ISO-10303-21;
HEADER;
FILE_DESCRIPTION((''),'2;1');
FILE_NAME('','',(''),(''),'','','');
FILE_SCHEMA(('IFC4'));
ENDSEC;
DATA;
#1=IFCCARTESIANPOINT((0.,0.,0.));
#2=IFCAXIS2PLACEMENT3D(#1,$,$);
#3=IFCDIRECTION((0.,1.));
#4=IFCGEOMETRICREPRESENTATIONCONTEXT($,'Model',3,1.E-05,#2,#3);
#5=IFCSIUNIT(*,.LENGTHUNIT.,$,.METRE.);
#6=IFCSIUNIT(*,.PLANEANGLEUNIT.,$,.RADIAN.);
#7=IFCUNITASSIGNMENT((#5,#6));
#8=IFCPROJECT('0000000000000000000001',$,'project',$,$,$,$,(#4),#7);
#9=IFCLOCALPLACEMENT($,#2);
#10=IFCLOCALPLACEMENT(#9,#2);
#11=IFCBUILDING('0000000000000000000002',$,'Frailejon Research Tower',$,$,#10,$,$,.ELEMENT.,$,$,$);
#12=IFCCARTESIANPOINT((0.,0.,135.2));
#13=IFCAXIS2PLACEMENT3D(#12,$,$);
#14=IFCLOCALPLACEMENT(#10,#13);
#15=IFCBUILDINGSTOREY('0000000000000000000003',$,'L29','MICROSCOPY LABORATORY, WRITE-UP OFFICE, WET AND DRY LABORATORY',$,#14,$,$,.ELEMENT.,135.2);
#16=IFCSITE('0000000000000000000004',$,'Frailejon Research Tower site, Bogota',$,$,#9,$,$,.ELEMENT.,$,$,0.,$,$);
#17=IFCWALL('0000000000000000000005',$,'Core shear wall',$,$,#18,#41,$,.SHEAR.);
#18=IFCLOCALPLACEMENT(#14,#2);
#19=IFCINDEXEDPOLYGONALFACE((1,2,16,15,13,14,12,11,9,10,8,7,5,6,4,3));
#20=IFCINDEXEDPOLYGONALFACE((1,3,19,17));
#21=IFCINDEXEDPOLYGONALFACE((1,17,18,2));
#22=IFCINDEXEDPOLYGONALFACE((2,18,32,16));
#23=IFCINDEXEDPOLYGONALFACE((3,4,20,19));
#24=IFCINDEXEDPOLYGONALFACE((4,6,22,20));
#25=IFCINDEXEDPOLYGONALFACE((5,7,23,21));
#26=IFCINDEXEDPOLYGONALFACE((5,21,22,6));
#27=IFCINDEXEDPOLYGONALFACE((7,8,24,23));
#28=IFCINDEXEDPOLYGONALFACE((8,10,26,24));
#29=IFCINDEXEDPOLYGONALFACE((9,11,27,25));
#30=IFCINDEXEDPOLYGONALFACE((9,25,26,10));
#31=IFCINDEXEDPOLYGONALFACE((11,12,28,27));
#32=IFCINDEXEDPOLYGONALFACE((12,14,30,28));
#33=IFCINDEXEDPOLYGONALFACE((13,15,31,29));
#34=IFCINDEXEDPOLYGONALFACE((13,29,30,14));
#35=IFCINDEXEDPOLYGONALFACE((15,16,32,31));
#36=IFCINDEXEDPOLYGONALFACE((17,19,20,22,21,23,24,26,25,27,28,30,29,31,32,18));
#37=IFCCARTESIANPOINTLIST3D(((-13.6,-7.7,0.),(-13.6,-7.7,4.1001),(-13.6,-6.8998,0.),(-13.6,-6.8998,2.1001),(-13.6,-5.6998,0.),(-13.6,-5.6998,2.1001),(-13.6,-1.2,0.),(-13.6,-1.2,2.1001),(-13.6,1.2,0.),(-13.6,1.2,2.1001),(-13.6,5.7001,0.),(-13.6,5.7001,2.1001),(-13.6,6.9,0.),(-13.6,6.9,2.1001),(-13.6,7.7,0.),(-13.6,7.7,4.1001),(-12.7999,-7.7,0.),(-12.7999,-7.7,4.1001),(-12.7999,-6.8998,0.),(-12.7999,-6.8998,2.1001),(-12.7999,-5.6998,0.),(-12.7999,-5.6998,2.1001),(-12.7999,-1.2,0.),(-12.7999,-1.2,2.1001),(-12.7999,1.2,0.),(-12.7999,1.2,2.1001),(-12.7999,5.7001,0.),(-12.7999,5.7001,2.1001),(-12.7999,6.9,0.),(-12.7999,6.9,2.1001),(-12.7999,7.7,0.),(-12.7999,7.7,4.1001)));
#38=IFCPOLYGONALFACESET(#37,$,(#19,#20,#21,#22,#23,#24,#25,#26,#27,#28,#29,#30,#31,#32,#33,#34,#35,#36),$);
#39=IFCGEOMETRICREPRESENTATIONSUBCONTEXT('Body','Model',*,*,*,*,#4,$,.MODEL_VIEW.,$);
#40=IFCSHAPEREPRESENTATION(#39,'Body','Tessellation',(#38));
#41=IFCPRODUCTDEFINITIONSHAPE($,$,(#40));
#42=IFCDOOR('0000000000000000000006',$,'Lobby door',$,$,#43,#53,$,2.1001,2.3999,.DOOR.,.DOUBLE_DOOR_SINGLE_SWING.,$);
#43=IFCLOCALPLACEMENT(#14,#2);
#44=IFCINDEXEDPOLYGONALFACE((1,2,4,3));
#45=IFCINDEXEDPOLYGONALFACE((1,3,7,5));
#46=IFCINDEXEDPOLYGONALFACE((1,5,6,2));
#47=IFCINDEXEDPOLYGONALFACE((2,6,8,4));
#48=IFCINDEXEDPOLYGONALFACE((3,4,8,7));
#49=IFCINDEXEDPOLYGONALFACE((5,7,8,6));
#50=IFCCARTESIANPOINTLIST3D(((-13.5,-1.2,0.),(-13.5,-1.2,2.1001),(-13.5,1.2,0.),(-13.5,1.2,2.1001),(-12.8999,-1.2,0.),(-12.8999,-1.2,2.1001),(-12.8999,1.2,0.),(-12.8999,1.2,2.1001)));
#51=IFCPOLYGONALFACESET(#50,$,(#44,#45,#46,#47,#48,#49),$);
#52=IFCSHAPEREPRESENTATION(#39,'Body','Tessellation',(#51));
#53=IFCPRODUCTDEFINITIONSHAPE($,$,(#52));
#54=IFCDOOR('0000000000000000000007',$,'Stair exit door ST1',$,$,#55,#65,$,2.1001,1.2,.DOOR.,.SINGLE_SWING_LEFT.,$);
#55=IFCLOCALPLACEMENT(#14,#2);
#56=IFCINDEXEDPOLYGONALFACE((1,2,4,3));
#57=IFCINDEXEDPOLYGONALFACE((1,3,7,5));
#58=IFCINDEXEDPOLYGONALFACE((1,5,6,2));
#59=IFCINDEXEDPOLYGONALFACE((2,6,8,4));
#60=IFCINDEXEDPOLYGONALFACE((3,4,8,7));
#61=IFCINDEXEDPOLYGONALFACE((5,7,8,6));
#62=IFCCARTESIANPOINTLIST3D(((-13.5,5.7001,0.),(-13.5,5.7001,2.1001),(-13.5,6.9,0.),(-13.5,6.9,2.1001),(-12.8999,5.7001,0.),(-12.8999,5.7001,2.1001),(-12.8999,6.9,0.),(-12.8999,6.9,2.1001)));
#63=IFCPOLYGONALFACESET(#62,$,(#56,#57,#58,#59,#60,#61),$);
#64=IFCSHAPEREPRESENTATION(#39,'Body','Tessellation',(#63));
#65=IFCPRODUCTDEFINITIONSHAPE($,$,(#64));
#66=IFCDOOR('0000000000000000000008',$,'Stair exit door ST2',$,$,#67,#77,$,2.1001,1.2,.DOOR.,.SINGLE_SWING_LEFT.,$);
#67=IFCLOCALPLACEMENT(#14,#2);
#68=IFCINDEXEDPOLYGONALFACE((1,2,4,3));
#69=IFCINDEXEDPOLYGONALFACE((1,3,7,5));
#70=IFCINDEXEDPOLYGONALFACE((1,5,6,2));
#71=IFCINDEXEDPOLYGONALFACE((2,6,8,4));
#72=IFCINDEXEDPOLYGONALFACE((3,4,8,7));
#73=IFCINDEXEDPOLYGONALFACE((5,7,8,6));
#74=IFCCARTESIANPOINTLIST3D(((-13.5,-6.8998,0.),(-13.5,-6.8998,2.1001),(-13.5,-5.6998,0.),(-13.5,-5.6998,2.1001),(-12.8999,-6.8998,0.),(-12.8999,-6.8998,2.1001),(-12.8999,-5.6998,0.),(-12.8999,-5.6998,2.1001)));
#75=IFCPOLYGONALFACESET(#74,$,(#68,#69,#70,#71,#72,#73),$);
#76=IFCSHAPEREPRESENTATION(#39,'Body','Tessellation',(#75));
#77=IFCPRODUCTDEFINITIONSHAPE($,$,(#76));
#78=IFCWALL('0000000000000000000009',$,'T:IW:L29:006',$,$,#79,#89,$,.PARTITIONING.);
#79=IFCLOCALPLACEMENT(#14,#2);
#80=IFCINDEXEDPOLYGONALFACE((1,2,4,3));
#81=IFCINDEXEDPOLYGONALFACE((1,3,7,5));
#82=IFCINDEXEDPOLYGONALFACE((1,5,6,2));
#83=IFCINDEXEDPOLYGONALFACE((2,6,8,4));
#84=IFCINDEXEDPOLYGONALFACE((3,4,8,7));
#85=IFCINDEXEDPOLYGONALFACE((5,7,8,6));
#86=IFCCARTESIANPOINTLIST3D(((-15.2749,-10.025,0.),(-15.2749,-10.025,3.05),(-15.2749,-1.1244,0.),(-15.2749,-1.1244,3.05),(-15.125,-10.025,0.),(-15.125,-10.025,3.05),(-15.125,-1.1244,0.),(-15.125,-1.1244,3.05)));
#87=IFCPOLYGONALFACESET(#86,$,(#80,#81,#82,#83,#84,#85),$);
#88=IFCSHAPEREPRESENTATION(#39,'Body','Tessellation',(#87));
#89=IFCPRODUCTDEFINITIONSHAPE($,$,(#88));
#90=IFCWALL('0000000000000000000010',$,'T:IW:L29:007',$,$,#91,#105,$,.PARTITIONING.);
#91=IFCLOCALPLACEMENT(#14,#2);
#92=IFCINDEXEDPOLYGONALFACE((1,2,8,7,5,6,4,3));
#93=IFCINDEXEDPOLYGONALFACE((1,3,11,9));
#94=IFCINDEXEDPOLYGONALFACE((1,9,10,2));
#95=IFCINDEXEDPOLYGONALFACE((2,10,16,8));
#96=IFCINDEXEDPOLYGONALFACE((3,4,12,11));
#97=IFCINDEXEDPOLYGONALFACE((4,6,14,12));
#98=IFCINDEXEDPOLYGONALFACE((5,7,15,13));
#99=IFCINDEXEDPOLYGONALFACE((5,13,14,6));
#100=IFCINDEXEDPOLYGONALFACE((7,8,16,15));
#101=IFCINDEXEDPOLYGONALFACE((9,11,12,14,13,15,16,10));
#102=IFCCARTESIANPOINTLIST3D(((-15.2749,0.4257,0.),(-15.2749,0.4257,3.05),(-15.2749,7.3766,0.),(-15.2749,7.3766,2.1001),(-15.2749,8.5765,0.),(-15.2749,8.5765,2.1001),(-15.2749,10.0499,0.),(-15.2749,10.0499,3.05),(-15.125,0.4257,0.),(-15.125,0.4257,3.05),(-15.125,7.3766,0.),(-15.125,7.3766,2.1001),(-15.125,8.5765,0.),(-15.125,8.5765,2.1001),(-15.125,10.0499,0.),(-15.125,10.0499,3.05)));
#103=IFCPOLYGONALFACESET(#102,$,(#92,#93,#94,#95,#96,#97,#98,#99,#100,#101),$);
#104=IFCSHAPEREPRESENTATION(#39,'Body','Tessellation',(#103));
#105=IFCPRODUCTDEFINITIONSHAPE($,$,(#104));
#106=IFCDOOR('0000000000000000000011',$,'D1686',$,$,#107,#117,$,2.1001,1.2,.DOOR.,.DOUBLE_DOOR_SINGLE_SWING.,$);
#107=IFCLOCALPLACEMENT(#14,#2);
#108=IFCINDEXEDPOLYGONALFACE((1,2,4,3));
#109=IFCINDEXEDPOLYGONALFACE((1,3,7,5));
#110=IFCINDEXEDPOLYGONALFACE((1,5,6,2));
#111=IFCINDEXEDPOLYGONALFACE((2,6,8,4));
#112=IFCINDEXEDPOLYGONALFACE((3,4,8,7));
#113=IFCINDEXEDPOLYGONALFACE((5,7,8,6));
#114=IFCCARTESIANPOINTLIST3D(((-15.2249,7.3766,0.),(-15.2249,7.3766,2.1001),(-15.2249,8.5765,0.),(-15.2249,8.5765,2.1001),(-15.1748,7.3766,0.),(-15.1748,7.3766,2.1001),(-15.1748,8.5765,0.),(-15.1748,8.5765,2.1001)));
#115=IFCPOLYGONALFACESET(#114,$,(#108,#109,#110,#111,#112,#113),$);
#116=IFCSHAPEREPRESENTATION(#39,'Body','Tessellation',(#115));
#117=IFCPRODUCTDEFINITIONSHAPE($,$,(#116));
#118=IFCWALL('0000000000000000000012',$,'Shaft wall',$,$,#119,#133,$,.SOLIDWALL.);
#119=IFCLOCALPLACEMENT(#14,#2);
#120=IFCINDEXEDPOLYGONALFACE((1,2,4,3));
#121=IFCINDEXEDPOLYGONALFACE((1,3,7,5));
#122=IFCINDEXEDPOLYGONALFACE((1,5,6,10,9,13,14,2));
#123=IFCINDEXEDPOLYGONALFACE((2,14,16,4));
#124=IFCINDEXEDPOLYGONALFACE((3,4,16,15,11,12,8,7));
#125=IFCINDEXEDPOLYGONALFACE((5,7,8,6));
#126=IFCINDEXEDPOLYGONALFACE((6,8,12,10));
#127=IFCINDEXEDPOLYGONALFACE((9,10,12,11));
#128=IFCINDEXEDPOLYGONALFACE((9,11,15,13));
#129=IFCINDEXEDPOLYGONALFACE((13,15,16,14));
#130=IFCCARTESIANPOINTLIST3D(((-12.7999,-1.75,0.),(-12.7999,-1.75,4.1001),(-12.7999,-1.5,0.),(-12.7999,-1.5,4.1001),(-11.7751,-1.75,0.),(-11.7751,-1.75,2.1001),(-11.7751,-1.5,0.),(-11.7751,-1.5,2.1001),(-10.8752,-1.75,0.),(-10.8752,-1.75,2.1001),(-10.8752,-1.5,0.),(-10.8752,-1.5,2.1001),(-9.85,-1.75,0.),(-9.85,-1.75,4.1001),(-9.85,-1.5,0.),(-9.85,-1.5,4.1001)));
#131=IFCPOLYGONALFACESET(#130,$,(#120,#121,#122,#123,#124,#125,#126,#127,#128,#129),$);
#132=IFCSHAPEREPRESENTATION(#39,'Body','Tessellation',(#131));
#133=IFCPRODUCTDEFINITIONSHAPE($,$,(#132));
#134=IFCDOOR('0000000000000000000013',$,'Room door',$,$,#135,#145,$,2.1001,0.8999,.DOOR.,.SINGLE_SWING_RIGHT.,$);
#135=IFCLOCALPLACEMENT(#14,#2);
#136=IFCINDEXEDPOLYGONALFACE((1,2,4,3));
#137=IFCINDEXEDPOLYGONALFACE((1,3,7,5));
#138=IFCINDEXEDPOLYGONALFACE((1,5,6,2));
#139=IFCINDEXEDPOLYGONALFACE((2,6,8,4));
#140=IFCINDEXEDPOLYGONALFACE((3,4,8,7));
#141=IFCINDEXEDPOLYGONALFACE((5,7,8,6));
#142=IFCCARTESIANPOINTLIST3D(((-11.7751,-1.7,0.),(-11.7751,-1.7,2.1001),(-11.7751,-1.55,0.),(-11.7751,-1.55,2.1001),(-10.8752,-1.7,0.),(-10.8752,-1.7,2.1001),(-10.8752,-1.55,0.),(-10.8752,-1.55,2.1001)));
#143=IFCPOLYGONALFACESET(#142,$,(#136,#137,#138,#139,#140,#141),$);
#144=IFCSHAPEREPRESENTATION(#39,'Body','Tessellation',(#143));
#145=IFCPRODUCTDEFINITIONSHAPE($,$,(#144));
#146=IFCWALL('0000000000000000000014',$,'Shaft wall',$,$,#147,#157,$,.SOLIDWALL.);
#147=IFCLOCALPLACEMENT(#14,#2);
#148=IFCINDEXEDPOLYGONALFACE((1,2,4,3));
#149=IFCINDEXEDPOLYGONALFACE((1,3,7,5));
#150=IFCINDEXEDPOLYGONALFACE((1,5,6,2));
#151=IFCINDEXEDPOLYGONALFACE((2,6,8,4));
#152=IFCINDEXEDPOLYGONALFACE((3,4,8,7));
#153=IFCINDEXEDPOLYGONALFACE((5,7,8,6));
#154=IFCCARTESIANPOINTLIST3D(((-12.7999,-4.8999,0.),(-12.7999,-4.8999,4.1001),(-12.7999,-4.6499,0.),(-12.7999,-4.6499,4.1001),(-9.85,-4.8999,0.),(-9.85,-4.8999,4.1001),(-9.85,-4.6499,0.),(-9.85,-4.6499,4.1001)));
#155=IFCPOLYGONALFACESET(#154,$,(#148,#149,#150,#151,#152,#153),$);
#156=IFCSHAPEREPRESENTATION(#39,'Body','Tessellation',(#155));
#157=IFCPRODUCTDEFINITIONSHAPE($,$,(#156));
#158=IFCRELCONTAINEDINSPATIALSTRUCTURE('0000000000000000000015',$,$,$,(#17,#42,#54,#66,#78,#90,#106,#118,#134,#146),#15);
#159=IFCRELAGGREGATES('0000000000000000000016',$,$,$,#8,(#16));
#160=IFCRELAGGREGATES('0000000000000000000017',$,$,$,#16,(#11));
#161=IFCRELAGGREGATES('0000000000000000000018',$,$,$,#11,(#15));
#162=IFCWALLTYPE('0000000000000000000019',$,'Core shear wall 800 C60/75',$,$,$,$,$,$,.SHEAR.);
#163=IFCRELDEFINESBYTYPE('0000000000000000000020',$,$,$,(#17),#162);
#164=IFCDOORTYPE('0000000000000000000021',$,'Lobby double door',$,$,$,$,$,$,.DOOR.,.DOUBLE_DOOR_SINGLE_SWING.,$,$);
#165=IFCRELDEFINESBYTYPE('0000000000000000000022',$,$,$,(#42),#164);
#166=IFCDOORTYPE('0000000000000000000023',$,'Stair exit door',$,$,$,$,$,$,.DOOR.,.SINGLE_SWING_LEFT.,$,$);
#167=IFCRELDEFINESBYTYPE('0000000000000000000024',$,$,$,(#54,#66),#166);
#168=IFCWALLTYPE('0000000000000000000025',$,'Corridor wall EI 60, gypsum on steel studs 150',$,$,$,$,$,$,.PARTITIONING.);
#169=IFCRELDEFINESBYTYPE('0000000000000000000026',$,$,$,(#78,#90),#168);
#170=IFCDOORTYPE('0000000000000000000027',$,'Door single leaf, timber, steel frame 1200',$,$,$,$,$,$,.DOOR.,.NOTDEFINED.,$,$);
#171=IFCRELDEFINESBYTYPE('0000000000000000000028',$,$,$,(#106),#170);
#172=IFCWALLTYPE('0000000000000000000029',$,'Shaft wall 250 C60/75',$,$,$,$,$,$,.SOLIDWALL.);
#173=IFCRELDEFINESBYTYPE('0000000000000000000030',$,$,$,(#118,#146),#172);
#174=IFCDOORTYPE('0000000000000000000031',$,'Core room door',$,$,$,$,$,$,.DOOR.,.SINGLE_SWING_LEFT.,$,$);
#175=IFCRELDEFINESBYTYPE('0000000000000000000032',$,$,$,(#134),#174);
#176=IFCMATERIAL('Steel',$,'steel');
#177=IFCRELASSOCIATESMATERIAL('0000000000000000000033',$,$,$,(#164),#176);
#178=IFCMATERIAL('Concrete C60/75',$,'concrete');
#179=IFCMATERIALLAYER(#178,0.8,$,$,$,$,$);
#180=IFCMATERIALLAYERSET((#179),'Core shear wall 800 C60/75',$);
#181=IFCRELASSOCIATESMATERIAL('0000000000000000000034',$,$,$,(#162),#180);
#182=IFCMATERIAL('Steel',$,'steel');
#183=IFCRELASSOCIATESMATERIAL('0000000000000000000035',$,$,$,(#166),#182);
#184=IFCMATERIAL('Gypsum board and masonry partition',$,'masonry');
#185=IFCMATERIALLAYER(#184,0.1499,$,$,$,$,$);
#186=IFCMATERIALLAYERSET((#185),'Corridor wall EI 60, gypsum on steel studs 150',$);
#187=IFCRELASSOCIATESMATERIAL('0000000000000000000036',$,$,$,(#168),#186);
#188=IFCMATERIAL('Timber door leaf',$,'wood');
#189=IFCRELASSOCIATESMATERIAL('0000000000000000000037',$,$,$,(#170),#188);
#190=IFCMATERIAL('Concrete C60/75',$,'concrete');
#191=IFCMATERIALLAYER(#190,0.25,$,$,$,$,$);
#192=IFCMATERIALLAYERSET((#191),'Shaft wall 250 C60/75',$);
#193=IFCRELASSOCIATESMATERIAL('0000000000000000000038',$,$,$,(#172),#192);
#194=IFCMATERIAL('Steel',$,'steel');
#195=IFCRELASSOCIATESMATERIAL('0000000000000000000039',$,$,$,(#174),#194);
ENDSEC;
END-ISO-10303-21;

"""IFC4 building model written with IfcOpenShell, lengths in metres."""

from ifc_helpers import new_model, si_unit, direction, frame, frame_2d, origin, place, context, subcontext, project, spatial, rectangle, extrude, material, layer, layer_set, type_object, element, fill, save


model = new_model("IFC4")

# Units and contexts
model_context = context("Model", 3, precision=1e-05, world=origin(), true_north=direction((0.0, 1.0)))
body_context = subcontext(model_context, "Body", "Model", "MODEL_VIEW")
ifc_project = project(units=[si_unit("LENGTHUNIT", "METRE"), si_unit("PLANEANGLEUNIT", "RADIAN")], contexts=[model_context])

# Site, building, storey
site_placement = place(None, origin())
site = spatial("IfcSite", under=ifc_project, at=site_placement, Name="Frailejon Research Tower site, Bogota", CompositionType="ELEMENT", RefElevation=0.0)
building_placement = place(site_placement, origin())
building = spatial("IfcBuilding", under=site, at=building_placement, Name="Frailejon Research Tower", CompositionType="ELEMENT")
storey_placement = place(building_placement, frame((0.0, 0.0, 135.2)))
storey = spatial("IfcBuildingStorey", under=building, at=storey_placement, Name="L29", Description="MICROSCOPY LABORATORY, WRITE-UP OFFICE, WET AND DRY LABORATORY", CompositionType="ELEMENT", Elevation=135.2)

# Shared definitions
ifc_material_1 = material(Name="Steel", Category="steel")
door_type_1 = type_object("IfcDoorType", Name="Lobby double door", OperationType="DOUBLE_DOOR_SINGLE_SWING", PredefinedType="DOOR", material=ifc_material_1)

# Shared definitions
ifc_material_2 = material(Name="Concrete C60/75", Category="concrete")
ifc_layer_1 = layer(ifc_material_2, 0.8)
ifc_layer_set_1 = layer_set([ifc_layer_1], Name="Core shear wall 800 C60/75")
wall_type_1 = type_object("IfcWallType", Name="Core shear wall 800 C60/75", PredefinedType="SHEAR", material=ifc_layer_set_1)

# Wall, openings, doors
wall_1_placement = place(storey_placement, frame((-13.2, -7.7, 0.0), z_axis=(0.0, 0.0, 1.0), x_axis=(0.0, 1.0, 0.0)))
wall_1 = element("IfcWall", 1, at=wall_1_placement, inside=storey, type_object=wall_type_1, Name="Core shear wall", PredefinedType="SHEAR", context=body_context, shape_type="SweptSolid", body=[
    extrude(rectangle(XDim=15.3999, YDim=0.8, at=frame_2d((7.7, 0.0))), origin(), (0.0, 0.0, 1.0), 4.1001),
])
opening_1_placement = place(wall_1_placement, frame((6.5, 0.0, 0.0)))
opening_1 = element("IfcOpeningElement", 2, at=opening_1_placement, cuts=wall_1, PredefinedType="OPENING", context=body_context, shape_type="SweptSolid", body=[
    extrude(rectangle(XDim=2.3999, YDim=2.1001, at=frame_2d((1.2, 1.05))), frame((0.0, 0.4099, 0.0), z_axis=(0.0, -1.0, 0.0), x_axis=(1.0, 0.0, 0.0)), (0.0, 0.0, 1.0), 0.8201),
])
opening_2_placement = place(wall_1_placement, frame((13.3999, 0.0, 0.0)))
opening_2 = element("IfcOpeningElement", 3, at=opening_2_placement, cuts=wall_1, PredefinedType="OPENING", context=body_context, shape_type="SweptSolid", body=[
    extrude(rectangle(XDim=1.2, YDim=2.1001, at=frame_2d((0.6001, 1.05))), frame((0.0, 0.4099, 0.0), z_axis=(0.0, -1.0, 0.0), x_axis=(1.0, 0.0, 0.0)), (0.0, 0.0, 1.0), 0.8201),
])
opening_3_placement = place(wall_1_placement, frame((0.8, 0.0, 0.0)))
opening_3 = element("IfcOpeningElement", 4, at=opening_3_placement, cuts=wall_1, PredefinedType="OPENING", context=body_context, shape_type="SweptSolid", body=[
    extrude(rectangle(XDim=1.2, YDim=2.1001, at=frame_2d((0.6001, 1.05))), frame((0.0, 0.4099, 0.0), z_axis=(0.0, -1.0, 0.0), x_axis=(1.0, 0.0, 0.0)), (0.0, 0.0, 1.0), 0.8201),
])
door_1_placement = place(opening_1_placement, origin())
door_1 = element("IfcDoor", 5, at=door_1_placement, inside=storey, type_object=door_type_1, Name="Lobby door", OperationType="DOUBLE_DOOR_SINGLE_SWING", OverallHeight=2.1001, OverallWidth=2.3999, PredefinedType="DOOR", context=body_context, shape_type="SweptSolid", body=[
    extrude(rectangle(XDim=2.3999, YDim=2.1001, at=frame_2d((1.2, 1.05))), frame((0.0, 0.3, 0.0), z_axis=(0.0, -1.0, 0.0), x_axis=(1.0, 0.0, 0.0)), (0.0, 0.0, 1.0), 0.6001),
])
fill(opening_1, door_1)
ifc_material_3 = material(Name="Steel", Category="steel")
door_type_2 = type_object("IfcDoorType", Name="Stair exit door", OperationType="SINGLE_SWING_LEFT", PredefinedType="DOOR", material=ifc_material_3)
door_2_placement = place(opening_2_placement, origin())
door_2 = element("IfcDoor", 6, at=door_2_placement, inside=storey, type_object=door_type_2, Name="Stair exit door ST1", OperationType="SINGLE_SWING_LEFT", OverallHeight=2.1001, OverallWidth=1.2, PredefinedType="DOOR", context=body_context, shape_type="SweptSolid", body=[
    extrude(rectangle(XDim=1.2, YDim=2.1001, at=frame_2d((0.6001, 1.05))), frame((0.0, 0.3, 0.0), z_axis=(0.0, -1.0, 0.0), x_axis=(1.0, 0.0, 0.0)), (0.0, 0.0, 1.0), 0.6001),
])
fill(opening_2, door_2)
door_3_placement = place(opening_3_placement, origin())
door_3 = element("IfcDoor", 7, at=door_3_placement, inside=storey, type_object=door_type_2, Name="Stair exit door ST2", OperationType="SINGLE_SWING_LEFT", OverallHeight=2.1001, OverallWidth=1.2, PredefinedType="DOOR", context=body_context, shape_type="SweptSolid", body=[
    extrude(rectangle(XDim=1.2, YDim=2.1001, at=frame_2d((0.6001, 1.05))), frame((0.0, 0.3, 0.0), z_axis=(0.0, -1.0, 0.0), x_axis=(1.0, 0.0, 0.0)), (0.0, 0.0, 1.0), 0.6001),
])
fill(opening_3, door_3)

# Wall
ifc_material_4 = material(Name="Gypsum board and masonry partition", Category="masonry")
ifc_layer_2 = layer(ifc_material_4, 0.1499)
ifc_layer_set_2 = layer_set([ifc_layer_2], Name="Corridor wall EI 60, gypsum on steel studs 150")
wall_type_2 = type_object("IfcWallType", Name="Corridor wall EI 60, gypsum on steel studs 150", PredefinedType="PARTITIONING", material=ifc_layer_set_2)
wall_2_placement = place(storey_placement, frame((-15.2, -10.0249, 0.0), z_axis=(0.0, 0.0, 1.0), x_axis=(0.0, 1.0, 0.0)))
element("IfcWall", 8, at=wall_2_placement, inside=storey, type_object=wall_type_2, Name="T:IW:L29:006", PredefinedType="PARTITIONING", context=body_context, shape_type="SweptSolid", body=[
    extrude(rectangle(XDim=8.9006, YDim=0.1499, at=frame_2d((4.4502, 0.0))), origin(), (0.0, 0.0, 1.0), 3.05),
])

# Walls, openings, doors
wall_3_placement = place(storey_placement, frame((-15.2, 0.4258, 0.0), z_axis=(0.0, 0.0, 1.0), x_axis=(0.0, 1.0, 0.0)))
wall_3 = element("IfcWall", 9, at=wall_3_placement, inside=storey, type_object=wall_type_2, Name="T:IW:L29:007", PredefinedType="PARTITIONING", context=body_context, shape_type="SweptSolid", body=[
    extrude(rectangle(XDim=9.6243, YDim=0.1499, at=frame_2d((4.812, 0.0))), origin(), (0.0, 0.0, 1.0), 3.05),
])
opening_4_placement = place(wall_3_placement, frame((6.9507, 0.0, 0.0)))
opening_4 = element("IfcOpeningElement", 10, at=opening_4_placement, cuts=wall_3, PredefinedType="OPENING", context=body_context, shape_type="SweptSolid", body=[
    extrude(rectangle(XDim=1.2, YDim=2.1001, at=frame_2d((0.6001, 1.05))), frame((0.0, 0.085, 0.0), z_axis=(0.0, -1.0, 0.0), x_axis=(1.0, 0.0, 0.0)), (0.0, 0.0, 1.0), 0.1699),
])
ifc_material_5 = material(Name="Timber door leaf", Category="wood")
door_type_3 = type_object("IfcDoorType", Name="Door single leaf, timber, steel frame 1200", OperationType="NOTDEFINED", PredefinedType="DOOR", material=ifc_material_5)
door_4_placement = place(opening_4_placement, origin())
door_4 = element("IfcDoor", 11, at=door_4_placement, inside=storey, type_object=door_type_3, Name="D1686", OperationType="DOUBLE_DOOR_SINGLE_SWING", OverallHeight=2.1001, OverallWidth=1.2, PredefinedType="DOOR", context=body_context, shape_type="SweptSolid", body=[
    extrude(rectangle(XDim=1.2, YDim=2.1001, at=frame_2d((0.6001, 1.05))), frame((0.0, 0.0249, 0.0), z_axis=(0.0, -1.0, 0.0), x_axis=(1.0, 0.0, 0.0)), (0.0, 0.0, 1.0), 0.05),
])
fill(opening_4, door_4)
ifc_material_6 = material(Name="Concrete C60/75", Category="concrete")
ifc_layer_3 = layer(ifc_material_6, 0.25)
ifc_layer_set_3 = layer_set([ifc_layer_3], Name="Shaft wall 250 C60/75")
wall_type_3 = type_object("IfcWallType", Name="Shaft wall 250 C60/75", PredefinedType="SOLIDWALL", material=ifc_layer_set_3)
wall_4_placement = place(storey_placement, frame((-12.8, -1.625, 0.0), z_axis=(0.0, 0.0, 1.0), x_axis=(1.0, 0.0, 0.0)))
wall_4 = element("IfcWall", 12, at=wall_4_placement, inside=storey, type_object=wall_type_3, Name="Shaft wall", PredefinedType="SOLIDWALL", context=body_context, shape_type="SweptSolid", body=[
    extrude(rectangle(XDim=2.95, YDim=0.25, at=frame_2d((1.4751, 0.0))), origin(), (0.0, 0.0, 1.0), 4.1001),
])
opening_5_placement = place(wall_4_placement, frame((1.0249, 0.0, 0.0)))
opening_5 = element("IfcOpeningElement", 13, at=opening_5_placement, cuts=wall_4, PredefinedType="OPENING", context=body_context, shape_type="SweptSolid", body=[
    extrude(rectangle(XDim=0.8999, YDim=2.1001, at=frame_2d((0.45, 1.05))), frame((0.0, 0.135, 0.0), z_axis=(0.0, -1.0, 0.0), x_axis=(1.0, 0.0, 0.0)), (0.0, 0.0, 1.0), 0.27),
])
ifc_material_7 = material(Name="Steel", Category="steel")
door_type_4 = type_object("IfcDoorType", Name="Core room door", OperationType="SINGLE_SWING_LEFT", PredefinedType="DOOR", material=ifc_material_7)
door_5_placement = place(opening_5_placement, origin())
door_5 = element("IfcDoor", 14, at=door_5_placement, inside=storey, type_object=door_type_4, Name="Room door", OperationType="SINGLE_SWING_RIGHT", OverallHeight=2.1001, OverallWidth=0.8999, PredefinedType="DOOR", context=body_context, shape_type="SweptSolid", body=[
    extrude(rectangle(XDim=0.8999, YDim=2.1001, at=frame_2d((0.45, 1.05))), frame((0.0, 0.075, 0.0), z_axis=(0.0, -1.0, 0.0), x_axis=(1.0, 0.0, 0.0)), (0.0, 0.0, 1.0), 0.1499),
])
fill(opening_5, door_5)

# Wall
wall_5_placement = place(storey_placement, frame((-12.8, -4.7749, 0.0), z_axis=(0.0, 0.0, 1.0), x_axis=(1.0, 0.0, 0.0)))
element("IfcWall", 15, at=wall_5_placement, inside=storey, type_object=wall_type_3, Name="Shaft wall", PredefinedType="SOLIDWALL", context=body_context, shape_type="SweptSolid", body=[
    extrude(rectangle(XDim=2.95, YDim=0.25, at=frame_2d((1.4751, 0.0))), origin(), (0.0, 0.0, 1.0), 4.1001),
])

save(model, "model.ifc")
